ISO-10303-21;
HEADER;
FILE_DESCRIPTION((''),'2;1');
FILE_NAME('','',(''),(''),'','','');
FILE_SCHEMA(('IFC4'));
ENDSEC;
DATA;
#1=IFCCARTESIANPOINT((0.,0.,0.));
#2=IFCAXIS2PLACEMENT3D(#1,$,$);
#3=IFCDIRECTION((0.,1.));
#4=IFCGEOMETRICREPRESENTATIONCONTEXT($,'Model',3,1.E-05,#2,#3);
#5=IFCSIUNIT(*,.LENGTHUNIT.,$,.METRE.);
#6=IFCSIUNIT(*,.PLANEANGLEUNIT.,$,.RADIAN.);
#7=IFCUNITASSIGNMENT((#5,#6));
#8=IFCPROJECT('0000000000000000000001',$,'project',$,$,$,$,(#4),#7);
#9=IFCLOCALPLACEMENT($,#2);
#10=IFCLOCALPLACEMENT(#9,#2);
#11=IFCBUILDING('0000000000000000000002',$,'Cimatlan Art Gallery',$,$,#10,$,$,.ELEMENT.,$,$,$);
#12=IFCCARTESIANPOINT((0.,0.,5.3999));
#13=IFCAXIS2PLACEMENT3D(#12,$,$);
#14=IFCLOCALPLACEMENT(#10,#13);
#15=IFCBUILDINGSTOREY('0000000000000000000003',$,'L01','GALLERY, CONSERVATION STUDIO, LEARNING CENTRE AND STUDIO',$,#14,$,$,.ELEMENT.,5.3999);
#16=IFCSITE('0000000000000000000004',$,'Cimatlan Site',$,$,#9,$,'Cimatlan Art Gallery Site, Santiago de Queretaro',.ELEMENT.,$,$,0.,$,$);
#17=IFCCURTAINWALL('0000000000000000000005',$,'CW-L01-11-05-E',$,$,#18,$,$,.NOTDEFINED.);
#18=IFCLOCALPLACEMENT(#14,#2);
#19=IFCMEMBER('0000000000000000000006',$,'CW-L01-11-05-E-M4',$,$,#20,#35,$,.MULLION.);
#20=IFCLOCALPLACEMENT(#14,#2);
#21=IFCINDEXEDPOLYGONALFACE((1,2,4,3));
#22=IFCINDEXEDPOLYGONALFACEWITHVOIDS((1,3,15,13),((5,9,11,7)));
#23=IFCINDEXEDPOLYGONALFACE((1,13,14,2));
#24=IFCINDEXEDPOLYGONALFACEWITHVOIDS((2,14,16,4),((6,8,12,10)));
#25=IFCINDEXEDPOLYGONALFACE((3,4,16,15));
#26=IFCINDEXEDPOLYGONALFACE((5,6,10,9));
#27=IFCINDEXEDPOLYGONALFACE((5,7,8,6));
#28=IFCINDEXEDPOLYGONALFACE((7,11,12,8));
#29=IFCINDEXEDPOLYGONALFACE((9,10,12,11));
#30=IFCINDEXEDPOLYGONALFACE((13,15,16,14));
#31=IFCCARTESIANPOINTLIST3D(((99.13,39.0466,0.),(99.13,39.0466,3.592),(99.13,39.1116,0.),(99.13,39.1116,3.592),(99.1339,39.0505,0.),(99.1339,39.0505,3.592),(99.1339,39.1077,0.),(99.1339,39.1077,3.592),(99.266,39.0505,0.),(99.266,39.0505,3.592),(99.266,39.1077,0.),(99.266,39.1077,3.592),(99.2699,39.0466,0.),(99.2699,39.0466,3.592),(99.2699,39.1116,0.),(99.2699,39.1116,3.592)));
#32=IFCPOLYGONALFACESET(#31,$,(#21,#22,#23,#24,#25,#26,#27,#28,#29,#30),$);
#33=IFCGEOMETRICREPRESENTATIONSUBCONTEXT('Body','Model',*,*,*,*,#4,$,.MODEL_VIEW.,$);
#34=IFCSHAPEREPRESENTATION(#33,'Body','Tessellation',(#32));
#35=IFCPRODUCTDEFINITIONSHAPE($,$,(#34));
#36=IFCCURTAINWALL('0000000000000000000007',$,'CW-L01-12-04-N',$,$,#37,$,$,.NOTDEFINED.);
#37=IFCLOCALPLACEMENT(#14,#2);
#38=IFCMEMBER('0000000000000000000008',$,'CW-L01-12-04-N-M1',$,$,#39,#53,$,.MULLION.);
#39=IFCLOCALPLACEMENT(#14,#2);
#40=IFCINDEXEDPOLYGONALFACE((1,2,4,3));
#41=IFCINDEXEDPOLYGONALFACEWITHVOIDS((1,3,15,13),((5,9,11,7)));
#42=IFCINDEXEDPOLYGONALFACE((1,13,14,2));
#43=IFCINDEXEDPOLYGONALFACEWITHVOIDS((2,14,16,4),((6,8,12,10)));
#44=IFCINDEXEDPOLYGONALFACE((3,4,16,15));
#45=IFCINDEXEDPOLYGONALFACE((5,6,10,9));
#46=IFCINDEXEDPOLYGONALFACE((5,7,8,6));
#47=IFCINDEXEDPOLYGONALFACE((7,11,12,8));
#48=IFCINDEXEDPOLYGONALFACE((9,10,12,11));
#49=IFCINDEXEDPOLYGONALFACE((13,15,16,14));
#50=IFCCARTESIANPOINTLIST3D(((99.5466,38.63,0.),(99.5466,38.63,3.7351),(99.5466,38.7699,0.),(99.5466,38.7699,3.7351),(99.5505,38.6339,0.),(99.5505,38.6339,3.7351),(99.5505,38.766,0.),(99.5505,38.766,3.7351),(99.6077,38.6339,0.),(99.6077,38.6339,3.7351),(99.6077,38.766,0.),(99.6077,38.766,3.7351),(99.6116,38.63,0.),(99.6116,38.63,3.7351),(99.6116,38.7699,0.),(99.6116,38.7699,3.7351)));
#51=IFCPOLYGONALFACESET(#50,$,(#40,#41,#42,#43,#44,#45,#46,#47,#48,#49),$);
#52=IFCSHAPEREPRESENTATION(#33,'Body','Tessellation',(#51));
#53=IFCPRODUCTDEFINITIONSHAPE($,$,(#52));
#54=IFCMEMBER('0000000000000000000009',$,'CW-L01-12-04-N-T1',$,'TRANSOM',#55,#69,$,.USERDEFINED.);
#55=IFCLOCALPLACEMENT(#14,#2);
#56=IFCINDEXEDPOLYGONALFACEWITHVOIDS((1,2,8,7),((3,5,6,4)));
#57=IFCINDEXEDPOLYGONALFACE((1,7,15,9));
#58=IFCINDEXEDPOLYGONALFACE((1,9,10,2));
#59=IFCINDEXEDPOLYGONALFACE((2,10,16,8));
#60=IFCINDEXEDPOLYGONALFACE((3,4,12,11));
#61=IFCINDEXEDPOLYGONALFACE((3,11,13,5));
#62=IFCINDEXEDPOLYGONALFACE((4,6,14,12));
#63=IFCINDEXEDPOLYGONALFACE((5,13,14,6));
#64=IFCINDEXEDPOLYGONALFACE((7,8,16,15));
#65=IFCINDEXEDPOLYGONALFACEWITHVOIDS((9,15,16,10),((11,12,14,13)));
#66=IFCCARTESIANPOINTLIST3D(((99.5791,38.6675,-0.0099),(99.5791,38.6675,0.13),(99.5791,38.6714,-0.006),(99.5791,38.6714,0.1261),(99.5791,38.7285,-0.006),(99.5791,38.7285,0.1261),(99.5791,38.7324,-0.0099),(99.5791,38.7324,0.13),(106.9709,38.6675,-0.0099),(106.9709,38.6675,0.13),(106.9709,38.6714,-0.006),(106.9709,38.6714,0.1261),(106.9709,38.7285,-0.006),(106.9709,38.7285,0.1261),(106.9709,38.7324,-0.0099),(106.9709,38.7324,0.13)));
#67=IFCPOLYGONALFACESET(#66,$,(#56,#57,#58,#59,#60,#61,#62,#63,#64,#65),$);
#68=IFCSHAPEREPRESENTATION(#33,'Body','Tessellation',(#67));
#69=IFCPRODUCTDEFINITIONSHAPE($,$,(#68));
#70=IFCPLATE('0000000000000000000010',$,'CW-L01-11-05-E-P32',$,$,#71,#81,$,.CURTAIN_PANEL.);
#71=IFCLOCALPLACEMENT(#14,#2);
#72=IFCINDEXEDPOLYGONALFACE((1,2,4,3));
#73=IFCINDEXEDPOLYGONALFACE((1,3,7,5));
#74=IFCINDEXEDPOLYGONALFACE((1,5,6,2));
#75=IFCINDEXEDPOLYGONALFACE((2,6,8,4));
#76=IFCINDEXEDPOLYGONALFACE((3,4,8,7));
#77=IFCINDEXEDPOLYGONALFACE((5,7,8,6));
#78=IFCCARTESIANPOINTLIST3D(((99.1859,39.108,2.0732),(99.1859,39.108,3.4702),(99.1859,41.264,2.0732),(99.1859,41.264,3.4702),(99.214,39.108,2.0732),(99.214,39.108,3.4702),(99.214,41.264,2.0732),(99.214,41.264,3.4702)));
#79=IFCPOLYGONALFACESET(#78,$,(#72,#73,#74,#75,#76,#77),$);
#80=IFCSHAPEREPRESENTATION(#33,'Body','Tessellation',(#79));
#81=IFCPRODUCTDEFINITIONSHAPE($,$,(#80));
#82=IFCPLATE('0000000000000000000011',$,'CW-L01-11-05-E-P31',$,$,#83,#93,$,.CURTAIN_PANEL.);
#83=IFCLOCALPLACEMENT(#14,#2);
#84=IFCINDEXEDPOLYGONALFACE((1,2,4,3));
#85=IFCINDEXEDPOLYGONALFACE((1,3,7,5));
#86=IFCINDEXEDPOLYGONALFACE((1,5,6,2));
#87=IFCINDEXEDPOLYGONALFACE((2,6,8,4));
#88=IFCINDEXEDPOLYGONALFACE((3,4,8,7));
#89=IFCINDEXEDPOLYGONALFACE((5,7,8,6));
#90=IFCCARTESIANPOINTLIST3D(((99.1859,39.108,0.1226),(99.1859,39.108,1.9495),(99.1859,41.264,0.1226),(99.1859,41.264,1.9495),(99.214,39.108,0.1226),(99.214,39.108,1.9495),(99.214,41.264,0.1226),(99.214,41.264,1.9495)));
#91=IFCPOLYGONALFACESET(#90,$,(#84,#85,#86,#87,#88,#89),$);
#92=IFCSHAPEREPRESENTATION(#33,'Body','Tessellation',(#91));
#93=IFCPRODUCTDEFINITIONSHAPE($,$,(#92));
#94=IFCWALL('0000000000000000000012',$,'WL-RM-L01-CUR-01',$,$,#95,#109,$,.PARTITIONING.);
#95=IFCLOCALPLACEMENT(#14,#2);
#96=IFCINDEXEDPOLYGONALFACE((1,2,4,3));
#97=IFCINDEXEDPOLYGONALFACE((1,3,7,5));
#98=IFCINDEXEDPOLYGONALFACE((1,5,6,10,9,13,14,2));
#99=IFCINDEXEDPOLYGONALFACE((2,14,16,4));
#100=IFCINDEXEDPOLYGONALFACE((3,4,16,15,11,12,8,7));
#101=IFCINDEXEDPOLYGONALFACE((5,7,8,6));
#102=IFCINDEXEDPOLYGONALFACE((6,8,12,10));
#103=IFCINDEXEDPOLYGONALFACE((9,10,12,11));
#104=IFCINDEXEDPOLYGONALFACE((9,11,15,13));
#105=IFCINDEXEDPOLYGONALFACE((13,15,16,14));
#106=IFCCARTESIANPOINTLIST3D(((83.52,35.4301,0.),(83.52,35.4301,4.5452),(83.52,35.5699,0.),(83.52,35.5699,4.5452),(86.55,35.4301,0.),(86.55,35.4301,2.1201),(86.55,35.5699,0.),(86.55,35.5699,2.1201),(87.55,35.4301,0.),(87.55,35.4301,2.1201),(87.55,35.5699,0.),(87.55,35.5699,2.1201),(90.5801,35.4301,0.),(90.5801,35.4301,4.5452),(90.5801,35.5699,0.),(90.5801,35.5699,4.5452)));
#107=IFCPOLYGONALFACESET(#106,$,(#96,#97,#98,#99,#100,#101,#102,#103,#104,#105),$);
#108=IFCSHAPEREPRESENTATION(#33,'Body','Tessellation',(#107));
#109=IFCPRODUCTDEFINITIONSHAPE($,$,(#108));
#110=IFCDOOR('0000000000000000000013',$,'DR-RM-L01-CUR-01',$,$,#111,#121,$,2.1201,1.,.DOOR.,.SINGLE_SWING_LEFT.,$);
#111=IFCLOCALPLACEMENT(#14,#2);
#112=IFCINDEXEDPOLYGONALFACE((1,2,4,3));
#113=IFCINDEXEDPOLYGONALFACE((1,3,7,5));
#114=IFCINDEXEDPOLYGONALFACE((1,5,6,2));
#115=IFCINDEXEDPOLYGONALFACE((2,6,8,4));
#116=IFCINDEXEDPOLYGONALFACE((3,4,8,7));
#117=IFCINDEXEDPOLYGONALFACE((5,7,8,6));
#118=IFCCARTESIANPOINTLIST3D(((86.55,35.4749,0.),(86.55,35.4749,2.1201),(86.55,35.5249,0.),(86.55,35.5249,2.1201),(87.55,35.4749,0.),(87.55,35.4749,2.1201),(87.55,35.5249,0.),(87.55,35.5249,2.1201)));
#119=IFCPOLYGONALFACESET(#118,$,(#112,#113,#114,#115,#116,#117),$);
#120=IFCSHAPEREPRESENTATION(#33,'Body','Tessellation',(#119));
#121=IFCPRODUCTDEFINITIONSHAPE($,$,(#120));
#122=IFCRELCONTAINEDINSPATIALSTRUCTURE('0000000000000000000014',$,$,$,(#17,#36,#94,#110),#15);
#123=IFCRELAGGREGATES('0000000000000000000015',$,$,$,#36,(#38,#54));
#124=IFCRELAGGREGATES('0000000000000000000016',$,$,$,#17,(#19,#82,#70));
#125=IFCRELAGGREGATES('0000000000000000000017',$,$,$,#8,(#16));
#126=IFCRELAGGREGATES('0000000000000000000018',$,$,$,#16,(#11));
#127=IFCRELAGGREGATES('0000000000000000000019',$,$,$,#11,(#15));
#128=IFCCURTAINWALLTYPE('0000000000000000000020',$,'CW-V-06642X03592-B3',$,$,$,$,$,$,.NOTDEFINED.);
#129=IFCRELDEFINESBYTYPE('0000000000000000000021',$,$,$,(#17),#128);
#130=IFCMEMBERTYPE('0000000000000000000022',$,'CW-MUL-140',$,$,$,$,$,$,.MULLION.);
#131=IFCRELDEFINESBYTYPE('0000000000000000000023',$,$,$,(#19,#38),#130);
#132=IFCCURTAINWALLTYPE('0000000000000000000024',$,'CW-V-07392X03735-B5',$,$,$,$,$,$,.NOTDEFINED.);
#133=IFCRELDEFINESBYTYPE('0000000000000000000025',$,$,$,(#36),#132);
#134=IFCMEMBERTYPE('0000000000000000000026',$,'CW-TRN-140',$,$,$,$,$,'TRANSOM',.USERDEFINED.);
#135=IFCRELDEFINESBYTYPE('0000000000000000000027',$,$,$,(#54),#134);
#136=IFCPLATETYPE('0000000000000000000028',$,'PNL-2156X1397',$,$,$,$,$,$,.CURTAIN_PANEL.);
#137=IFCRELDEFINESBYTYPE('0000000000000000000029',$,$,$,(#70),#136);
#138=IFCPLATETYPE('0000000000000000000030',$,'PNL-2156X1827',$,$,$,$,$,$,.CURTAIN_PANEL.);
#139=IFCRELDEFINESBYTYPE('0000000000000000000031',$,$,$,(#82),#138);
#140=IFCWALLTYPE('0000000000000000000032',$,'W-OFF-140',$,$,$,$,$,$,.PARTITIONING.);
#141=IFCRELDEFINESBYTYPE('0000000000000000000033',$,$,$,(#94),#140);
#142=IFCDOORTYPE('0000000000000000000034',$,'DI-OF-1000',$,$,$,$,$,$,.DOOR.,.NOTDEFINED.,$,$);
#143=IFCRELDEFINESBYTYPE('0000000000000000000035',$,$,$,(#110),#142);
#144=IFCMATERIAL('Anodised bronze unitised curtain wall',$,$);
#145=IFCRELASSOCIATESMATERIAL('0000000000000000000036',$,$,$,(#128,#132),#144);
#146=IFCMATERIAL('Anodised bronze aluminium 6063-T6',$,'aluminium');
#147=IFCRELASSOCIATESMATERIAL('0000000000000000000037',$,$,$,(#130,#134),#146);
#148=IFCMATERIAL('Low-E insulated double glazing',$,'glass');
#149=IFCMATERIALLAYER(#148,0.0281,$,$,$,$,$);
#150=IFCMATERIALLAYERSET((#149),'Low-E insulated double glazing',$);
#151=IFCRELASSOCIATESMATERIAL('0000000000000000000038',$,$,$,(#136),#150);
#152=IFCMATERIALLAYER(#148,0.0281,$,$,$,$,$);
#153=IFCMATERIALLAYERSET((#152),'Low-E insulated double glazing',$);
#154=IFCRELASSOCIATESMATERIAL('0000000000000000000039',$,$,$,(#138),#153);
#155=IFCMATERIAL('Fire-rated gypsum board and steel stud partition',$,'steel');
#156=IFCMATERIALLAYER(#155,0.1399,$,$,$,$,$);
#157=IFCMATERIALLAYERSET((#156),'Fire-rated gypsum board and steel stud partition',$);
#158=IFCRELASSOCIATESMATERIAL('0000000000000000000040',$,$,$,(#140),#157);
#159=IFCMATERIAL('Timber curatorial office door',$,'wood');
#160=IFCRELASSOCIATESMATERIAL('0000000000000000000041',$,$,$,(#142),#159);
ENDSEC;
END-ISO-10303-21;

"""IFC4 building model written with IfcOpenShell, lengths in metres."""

from ifc_helpers import new_model, si_unit, direction, frame, frame_2d, origin, origin_2d, place, context, subcontext, project, spatial, rectangle, hollow_rectangle, extrude, material, layer, layer_set, material_profile, profile_set, type_object, element, fill, aggregate, save


model = new_model("IFC4")

# Units and contexts
model_context = context("Model", 3, precision=1e-05, world=origin(), true_north=direction((0.0, 1.0)))
body_context = subcontext(model_context, "Body", "Model", "MODEL_VIEW")
ifc_project = project(units=[si_unit("LENGTHUNIT", "METRE"), si_unit("PLANEANGLEUNIT", "RADIAN")], contexts=[model_context])

# Site, building, storey
site_placement = place(None, origin())
site = spatial("IfcSite", under=ifc_project, at=site_placement, Name="Cimatlan Site", LongName="Cimatlan Art Gallery Site, Santiago de Queretaro", CompositionType="ELEMENT", RefElevation=0.0)
building_placement = place(site_placement, origin())
building = spatial("IfcBuilding", under=site, at=building_placement, Name="Cimatlan Art Gallery", CompositionType="ELEMENT")
storey_placement = place(building_placement, frame((0.0, 0.0, 5.3999)))
storey = spatial("IfcBuildingStorey", under=building, at=storey_placement, Name="L01", Description="GALLERY, CONSERVATION STUDIO, LEARNING CENTRE AND STUDIO", CompositionType="ELEMENT", Elevation=5.3999)

# Curtain wall, member
ifc_material_1 = material(Name="Anodised bronze unitised curtain wall")
curtain_wall_type_1 = type_object("IfcCurtainWallType", Name="CW-V-06642X03592-B3", PredefinedType="NOTDEFINED", material=ifc_material_1)
curtain_wall_1_placement = place(storey_placement, origin())
curtain_wall_1 = element("IfcCurtainWall", 1, at=curtain_wall_1_placement, inside=storey, type_object=curtain_wall_type_1, Name="CW-L01-11-05-E", PredefinedType="NOTDEFINED")
ifc_material_2 = material(Name="Anodised bronze aluminium 6063-T6", Category="aluminium")
ifc_material_profile_1 = material_profile(ifc_material_2, hollow_rectangle(XDim=0.0649, YDim=0.1399, WallThickness=0.0039, at=origin_2d()), Name="ALU65X140X4")
ifc_profile_set_1 = profile_set([ifc_material_profile_1], Name="Anodised bronze aluminium 6063-T6")
member_type_1 = type_object("IfcMemberType", Name="CW-MUL-140", PredefinedType="MULLION", material=ifc_profile_set_1)
member_1_placement = place(storey_placement, frame((99.2, 39.0791, 0.0), z_axis=(0.0, 0.0, 1.0), x_axis=(0.0, 1.0, 0.0)))
member_1 = element("IfcMember", 2, at=member_1_placement, type_object=member_type_1, Name="CW-L01-11-05-E-M4", PredefinedType="MULLION", context=body_context, shape_type="SweptSolid", body=[
    extrude(hollow_rectangle(XDim=0.0649, YDim=0.1399, WallThickness=0.0039, at=origin_2d()), origin(), (0.0, 0.0, 1.0), 3.592),
])

# Curtain wall, members
curtain_wall_type_2 = type_object("IfcCurtainWallType", Name="CW-V-07392X03735-B5", PredefinedType="NOTDEFINED", material=ifc_material_1)
curtain_wall_2_placement = place(storey_placement, origin())
curtain_wall_2 = element("IfcCurtainWall", 3, at=curtain_wall_2_placement, inside=storey, type_object=curtain_wall_type_2, Name="CW-L01-12-04-N", PredefinedType="NOTDEFINED")
member_2_placement = place(storey_placement, frame((99.5791, 38.7, 0.0), z_axis=(0.0, 0.0, 1.0), x_axis=(1.0, 0.0, 0.0)))
member_2 = element("IfcMember", 4, at=member_2_placement, type_object=member_type_1, Name="CW-L01-12-04-N-M1", PredefinedType="MULLION", context=body_context, shape_type="SweptSolid", body=[
    extrude(hollow_rectangle(XDim=0.0649, YDim=0.1399, WallThickness=0.0039, at=origin_2d()), origin(), (0.0, 0.0, 1.0), 3.7351),
])
ifc_material_profile_2 = material_profile(ifc_material_2, hollow_rectangle(XDim=0.0649, YDim=0.1399, WallThickness=0.0039, at=origin_2d()), Name="ALU65X140X4")
ifc_profile_set_2 = profile_set([ifc_material_profile_2], Name="Anodised bronze aluminium 6063-T6")
member_type_2 = type_object("IfcMemberType", Name="CW-TRN-140", ElementType="TRANSOM", PredefinedType="USERDEFINED", material=ifc_profile_set_2)
member_3_placement = place(storey_placement, frame((99.5791, 38.7, 0.0601), z_axis=(1.0, 0.0, 0.0), x_axis=(0.0, 1.0, 0.0)))
member_3 = element("IfcMember", 5, at=member_3_placement, type_object=member_type_2, Name="CW-L01-12-04-N-T1", ObjectType="TRANSOM", PredefinedType="USERDEFINED", context=body_context, shape_type="SweptSolid", body=[
    extrude(hollow_rectangle(XDim=0.0649, YDim=0.1399, WallThickness=0.0039, at=origin_2d()), origin(), (0.0, 0.0, 1.0), 7.3918),
])
aggregate(curtain_wall_2, [member_2, member_3])

# Plates
ifc_material_3 = material(Name="Low-E insulated double glazing", Category="glass")
ifc_layer_1 = layer(ifc_material_3, 0.0281)
ifc_layer_set_1 = layer_set([ifc_layer_1], Name="Low-E insulated double glazing")
plate_type_1 = type_object("IfcPlateType", Name="PNL-2156X1397", PredefinedType="CURTAIN_PANEL", material=ifc_layer_set_1)
plate_1_placement = place(storey_placement, frame((99.2, 40.186, 2.0732), z_axis=(0.0, 0.0, 1.0), x_axis=(0.0, -1.0, 0.0)))
plate_1 = element("IfcPlate", 6, at=plate_1_placement, type_object=plate_type_1, Name="CW-L01-11-05-E-P32", PredefinedType="CURTAIN_PANEL", context=body_context, shape_type="SweptSolid", body=[
    extrude(rectangle(XDim=2.156, YDim=0.0281, at=origin_2d()), origin(), (0.0, 0.0, 1.0), 1.397),
])
ifc_layer_2 = layer(ifc_material_3, 0.0281)
ifc_layer_set_2 = layer_set([ifc_layer_2], Name="Low-E insulated double glazing")
plate_type_2 = type_object("IfcPlateType", Name="PNL-2156X1827", PredefinedType="CURTAIN_PANEL", material=ifc_layer_set_2)
plate_2_placement = place(storey_placement, frame((99.2, 40.186, 0.1226), z_axis=(0.0, 0.0, 1.0), x_axis=(0.0, -1.0, 0.0)))
plate_2 = element("IfcPlate", 7, at=plate_2_placement, type_object=plate_type_2, Name="CW-L01-11-05-E-P31", PredefinedType="CURTAIN_PANEL", context=body_context, shape_type="SweptSolid", body=[
    extrude(rectangle(XDim=2.156, YDim=0.0281, at=origin_2d()), origin(), (0.0, 0.0, 1.0), 1.8269),
])
aggregate(curtain_wall_1, [member_1, plate_2, plate_1])

# Wall, opening, door
ifc_material_4 = material(Name="Fire-rated gypsum board and steel stud partition", Category="steel")
ifc_layer_3 = layer(ifc_material_4, 0.1399)
ifc_layer_set_3 = layer_set([ifc_layer_3], Name="Fire-rated gypsum board and steel stud partition")
wall_type_1 = type_object("IfcWallType", Name="W-OFF-140", PredefinedType="PARTITIONING", material=ifc_layer_set_3)
wall_1_placement = place(storey_placement, frame((83.52, 35.5, 0.0), z_axis=(0.0, 0.0, 1.0), x_axis=(1.0, 0.0, 0.0)))
wall_1 = element("IfcWall", 8, at=wall_1_placement, inside=storey, type_object=wall_type_1, Name="WL-RM-L01-CUR-01", PredefinedType="PARTITIONING", context=body_context, shape_type="SweptSolid", body=[
    extrude(rectangle(XDim=7.0601, YDim=0.1399, at=frame_2d((3.53, 0.0))), origin(), (0.0, 0.0, 1.0), 4.5452),
])
opening_1_placement = place(wall_1_placement, frame((3.03, 0.0, 0.0)))
opening_1 = element("IfcOpeningElement", 9, at=opening_1_placement, cuts=wall_1, PredefinedType="OPENING", context=body_context, shape_type="SweptSolid", body=[
    extrude(rectangle(XDim=1.0, YDim=2.1201, at=frame_2d((0.5, 1.0601))), frame((0.0, 0.0801, 0.0), z_axis=(0.0, -1.0, 0.0), x_axis=(1.0, 0.0, 0.0)), (0.0, 0.0, 1.0), 0.1599),
])
ifc_material_5 = material(Name="Timber curatorial office door", Category="wood")
door_type_1 = type_object("IfcDoorType", Name="DI-OF-1000", OperationType="NOTDEFINED", PredefinedType="DOOR", material=ifc_material_5)
door_1_placement = place(opening_1_placement, origin())
door_1 = element("IfcDoor", 10, at=door_1_placement, inside=storey, type_object=door_type_1, Name="DR-RM-L01-CUR-01", OperationType="SINGLE_SWING_LEFT", OverallHeight=2.1201, OverallWidth=1.0, PredefinedType="DOOR", context=body_context, shape_type="SweptSolid", body=[
    extrude(rectangle(XDim=1.0, YDim=2.1201, at=frame_2d((0.5, 1.0601))), frame((0.0, 0.0249, 0.0), z_axis=(0.0, -1.0, 0.0), x_axis=(1.0, 0.0, 0.0)), (0.0, 0.0, 1.0), 0.05),
])
fill(opening_1, door_1)

save(model, "model.ifc")
